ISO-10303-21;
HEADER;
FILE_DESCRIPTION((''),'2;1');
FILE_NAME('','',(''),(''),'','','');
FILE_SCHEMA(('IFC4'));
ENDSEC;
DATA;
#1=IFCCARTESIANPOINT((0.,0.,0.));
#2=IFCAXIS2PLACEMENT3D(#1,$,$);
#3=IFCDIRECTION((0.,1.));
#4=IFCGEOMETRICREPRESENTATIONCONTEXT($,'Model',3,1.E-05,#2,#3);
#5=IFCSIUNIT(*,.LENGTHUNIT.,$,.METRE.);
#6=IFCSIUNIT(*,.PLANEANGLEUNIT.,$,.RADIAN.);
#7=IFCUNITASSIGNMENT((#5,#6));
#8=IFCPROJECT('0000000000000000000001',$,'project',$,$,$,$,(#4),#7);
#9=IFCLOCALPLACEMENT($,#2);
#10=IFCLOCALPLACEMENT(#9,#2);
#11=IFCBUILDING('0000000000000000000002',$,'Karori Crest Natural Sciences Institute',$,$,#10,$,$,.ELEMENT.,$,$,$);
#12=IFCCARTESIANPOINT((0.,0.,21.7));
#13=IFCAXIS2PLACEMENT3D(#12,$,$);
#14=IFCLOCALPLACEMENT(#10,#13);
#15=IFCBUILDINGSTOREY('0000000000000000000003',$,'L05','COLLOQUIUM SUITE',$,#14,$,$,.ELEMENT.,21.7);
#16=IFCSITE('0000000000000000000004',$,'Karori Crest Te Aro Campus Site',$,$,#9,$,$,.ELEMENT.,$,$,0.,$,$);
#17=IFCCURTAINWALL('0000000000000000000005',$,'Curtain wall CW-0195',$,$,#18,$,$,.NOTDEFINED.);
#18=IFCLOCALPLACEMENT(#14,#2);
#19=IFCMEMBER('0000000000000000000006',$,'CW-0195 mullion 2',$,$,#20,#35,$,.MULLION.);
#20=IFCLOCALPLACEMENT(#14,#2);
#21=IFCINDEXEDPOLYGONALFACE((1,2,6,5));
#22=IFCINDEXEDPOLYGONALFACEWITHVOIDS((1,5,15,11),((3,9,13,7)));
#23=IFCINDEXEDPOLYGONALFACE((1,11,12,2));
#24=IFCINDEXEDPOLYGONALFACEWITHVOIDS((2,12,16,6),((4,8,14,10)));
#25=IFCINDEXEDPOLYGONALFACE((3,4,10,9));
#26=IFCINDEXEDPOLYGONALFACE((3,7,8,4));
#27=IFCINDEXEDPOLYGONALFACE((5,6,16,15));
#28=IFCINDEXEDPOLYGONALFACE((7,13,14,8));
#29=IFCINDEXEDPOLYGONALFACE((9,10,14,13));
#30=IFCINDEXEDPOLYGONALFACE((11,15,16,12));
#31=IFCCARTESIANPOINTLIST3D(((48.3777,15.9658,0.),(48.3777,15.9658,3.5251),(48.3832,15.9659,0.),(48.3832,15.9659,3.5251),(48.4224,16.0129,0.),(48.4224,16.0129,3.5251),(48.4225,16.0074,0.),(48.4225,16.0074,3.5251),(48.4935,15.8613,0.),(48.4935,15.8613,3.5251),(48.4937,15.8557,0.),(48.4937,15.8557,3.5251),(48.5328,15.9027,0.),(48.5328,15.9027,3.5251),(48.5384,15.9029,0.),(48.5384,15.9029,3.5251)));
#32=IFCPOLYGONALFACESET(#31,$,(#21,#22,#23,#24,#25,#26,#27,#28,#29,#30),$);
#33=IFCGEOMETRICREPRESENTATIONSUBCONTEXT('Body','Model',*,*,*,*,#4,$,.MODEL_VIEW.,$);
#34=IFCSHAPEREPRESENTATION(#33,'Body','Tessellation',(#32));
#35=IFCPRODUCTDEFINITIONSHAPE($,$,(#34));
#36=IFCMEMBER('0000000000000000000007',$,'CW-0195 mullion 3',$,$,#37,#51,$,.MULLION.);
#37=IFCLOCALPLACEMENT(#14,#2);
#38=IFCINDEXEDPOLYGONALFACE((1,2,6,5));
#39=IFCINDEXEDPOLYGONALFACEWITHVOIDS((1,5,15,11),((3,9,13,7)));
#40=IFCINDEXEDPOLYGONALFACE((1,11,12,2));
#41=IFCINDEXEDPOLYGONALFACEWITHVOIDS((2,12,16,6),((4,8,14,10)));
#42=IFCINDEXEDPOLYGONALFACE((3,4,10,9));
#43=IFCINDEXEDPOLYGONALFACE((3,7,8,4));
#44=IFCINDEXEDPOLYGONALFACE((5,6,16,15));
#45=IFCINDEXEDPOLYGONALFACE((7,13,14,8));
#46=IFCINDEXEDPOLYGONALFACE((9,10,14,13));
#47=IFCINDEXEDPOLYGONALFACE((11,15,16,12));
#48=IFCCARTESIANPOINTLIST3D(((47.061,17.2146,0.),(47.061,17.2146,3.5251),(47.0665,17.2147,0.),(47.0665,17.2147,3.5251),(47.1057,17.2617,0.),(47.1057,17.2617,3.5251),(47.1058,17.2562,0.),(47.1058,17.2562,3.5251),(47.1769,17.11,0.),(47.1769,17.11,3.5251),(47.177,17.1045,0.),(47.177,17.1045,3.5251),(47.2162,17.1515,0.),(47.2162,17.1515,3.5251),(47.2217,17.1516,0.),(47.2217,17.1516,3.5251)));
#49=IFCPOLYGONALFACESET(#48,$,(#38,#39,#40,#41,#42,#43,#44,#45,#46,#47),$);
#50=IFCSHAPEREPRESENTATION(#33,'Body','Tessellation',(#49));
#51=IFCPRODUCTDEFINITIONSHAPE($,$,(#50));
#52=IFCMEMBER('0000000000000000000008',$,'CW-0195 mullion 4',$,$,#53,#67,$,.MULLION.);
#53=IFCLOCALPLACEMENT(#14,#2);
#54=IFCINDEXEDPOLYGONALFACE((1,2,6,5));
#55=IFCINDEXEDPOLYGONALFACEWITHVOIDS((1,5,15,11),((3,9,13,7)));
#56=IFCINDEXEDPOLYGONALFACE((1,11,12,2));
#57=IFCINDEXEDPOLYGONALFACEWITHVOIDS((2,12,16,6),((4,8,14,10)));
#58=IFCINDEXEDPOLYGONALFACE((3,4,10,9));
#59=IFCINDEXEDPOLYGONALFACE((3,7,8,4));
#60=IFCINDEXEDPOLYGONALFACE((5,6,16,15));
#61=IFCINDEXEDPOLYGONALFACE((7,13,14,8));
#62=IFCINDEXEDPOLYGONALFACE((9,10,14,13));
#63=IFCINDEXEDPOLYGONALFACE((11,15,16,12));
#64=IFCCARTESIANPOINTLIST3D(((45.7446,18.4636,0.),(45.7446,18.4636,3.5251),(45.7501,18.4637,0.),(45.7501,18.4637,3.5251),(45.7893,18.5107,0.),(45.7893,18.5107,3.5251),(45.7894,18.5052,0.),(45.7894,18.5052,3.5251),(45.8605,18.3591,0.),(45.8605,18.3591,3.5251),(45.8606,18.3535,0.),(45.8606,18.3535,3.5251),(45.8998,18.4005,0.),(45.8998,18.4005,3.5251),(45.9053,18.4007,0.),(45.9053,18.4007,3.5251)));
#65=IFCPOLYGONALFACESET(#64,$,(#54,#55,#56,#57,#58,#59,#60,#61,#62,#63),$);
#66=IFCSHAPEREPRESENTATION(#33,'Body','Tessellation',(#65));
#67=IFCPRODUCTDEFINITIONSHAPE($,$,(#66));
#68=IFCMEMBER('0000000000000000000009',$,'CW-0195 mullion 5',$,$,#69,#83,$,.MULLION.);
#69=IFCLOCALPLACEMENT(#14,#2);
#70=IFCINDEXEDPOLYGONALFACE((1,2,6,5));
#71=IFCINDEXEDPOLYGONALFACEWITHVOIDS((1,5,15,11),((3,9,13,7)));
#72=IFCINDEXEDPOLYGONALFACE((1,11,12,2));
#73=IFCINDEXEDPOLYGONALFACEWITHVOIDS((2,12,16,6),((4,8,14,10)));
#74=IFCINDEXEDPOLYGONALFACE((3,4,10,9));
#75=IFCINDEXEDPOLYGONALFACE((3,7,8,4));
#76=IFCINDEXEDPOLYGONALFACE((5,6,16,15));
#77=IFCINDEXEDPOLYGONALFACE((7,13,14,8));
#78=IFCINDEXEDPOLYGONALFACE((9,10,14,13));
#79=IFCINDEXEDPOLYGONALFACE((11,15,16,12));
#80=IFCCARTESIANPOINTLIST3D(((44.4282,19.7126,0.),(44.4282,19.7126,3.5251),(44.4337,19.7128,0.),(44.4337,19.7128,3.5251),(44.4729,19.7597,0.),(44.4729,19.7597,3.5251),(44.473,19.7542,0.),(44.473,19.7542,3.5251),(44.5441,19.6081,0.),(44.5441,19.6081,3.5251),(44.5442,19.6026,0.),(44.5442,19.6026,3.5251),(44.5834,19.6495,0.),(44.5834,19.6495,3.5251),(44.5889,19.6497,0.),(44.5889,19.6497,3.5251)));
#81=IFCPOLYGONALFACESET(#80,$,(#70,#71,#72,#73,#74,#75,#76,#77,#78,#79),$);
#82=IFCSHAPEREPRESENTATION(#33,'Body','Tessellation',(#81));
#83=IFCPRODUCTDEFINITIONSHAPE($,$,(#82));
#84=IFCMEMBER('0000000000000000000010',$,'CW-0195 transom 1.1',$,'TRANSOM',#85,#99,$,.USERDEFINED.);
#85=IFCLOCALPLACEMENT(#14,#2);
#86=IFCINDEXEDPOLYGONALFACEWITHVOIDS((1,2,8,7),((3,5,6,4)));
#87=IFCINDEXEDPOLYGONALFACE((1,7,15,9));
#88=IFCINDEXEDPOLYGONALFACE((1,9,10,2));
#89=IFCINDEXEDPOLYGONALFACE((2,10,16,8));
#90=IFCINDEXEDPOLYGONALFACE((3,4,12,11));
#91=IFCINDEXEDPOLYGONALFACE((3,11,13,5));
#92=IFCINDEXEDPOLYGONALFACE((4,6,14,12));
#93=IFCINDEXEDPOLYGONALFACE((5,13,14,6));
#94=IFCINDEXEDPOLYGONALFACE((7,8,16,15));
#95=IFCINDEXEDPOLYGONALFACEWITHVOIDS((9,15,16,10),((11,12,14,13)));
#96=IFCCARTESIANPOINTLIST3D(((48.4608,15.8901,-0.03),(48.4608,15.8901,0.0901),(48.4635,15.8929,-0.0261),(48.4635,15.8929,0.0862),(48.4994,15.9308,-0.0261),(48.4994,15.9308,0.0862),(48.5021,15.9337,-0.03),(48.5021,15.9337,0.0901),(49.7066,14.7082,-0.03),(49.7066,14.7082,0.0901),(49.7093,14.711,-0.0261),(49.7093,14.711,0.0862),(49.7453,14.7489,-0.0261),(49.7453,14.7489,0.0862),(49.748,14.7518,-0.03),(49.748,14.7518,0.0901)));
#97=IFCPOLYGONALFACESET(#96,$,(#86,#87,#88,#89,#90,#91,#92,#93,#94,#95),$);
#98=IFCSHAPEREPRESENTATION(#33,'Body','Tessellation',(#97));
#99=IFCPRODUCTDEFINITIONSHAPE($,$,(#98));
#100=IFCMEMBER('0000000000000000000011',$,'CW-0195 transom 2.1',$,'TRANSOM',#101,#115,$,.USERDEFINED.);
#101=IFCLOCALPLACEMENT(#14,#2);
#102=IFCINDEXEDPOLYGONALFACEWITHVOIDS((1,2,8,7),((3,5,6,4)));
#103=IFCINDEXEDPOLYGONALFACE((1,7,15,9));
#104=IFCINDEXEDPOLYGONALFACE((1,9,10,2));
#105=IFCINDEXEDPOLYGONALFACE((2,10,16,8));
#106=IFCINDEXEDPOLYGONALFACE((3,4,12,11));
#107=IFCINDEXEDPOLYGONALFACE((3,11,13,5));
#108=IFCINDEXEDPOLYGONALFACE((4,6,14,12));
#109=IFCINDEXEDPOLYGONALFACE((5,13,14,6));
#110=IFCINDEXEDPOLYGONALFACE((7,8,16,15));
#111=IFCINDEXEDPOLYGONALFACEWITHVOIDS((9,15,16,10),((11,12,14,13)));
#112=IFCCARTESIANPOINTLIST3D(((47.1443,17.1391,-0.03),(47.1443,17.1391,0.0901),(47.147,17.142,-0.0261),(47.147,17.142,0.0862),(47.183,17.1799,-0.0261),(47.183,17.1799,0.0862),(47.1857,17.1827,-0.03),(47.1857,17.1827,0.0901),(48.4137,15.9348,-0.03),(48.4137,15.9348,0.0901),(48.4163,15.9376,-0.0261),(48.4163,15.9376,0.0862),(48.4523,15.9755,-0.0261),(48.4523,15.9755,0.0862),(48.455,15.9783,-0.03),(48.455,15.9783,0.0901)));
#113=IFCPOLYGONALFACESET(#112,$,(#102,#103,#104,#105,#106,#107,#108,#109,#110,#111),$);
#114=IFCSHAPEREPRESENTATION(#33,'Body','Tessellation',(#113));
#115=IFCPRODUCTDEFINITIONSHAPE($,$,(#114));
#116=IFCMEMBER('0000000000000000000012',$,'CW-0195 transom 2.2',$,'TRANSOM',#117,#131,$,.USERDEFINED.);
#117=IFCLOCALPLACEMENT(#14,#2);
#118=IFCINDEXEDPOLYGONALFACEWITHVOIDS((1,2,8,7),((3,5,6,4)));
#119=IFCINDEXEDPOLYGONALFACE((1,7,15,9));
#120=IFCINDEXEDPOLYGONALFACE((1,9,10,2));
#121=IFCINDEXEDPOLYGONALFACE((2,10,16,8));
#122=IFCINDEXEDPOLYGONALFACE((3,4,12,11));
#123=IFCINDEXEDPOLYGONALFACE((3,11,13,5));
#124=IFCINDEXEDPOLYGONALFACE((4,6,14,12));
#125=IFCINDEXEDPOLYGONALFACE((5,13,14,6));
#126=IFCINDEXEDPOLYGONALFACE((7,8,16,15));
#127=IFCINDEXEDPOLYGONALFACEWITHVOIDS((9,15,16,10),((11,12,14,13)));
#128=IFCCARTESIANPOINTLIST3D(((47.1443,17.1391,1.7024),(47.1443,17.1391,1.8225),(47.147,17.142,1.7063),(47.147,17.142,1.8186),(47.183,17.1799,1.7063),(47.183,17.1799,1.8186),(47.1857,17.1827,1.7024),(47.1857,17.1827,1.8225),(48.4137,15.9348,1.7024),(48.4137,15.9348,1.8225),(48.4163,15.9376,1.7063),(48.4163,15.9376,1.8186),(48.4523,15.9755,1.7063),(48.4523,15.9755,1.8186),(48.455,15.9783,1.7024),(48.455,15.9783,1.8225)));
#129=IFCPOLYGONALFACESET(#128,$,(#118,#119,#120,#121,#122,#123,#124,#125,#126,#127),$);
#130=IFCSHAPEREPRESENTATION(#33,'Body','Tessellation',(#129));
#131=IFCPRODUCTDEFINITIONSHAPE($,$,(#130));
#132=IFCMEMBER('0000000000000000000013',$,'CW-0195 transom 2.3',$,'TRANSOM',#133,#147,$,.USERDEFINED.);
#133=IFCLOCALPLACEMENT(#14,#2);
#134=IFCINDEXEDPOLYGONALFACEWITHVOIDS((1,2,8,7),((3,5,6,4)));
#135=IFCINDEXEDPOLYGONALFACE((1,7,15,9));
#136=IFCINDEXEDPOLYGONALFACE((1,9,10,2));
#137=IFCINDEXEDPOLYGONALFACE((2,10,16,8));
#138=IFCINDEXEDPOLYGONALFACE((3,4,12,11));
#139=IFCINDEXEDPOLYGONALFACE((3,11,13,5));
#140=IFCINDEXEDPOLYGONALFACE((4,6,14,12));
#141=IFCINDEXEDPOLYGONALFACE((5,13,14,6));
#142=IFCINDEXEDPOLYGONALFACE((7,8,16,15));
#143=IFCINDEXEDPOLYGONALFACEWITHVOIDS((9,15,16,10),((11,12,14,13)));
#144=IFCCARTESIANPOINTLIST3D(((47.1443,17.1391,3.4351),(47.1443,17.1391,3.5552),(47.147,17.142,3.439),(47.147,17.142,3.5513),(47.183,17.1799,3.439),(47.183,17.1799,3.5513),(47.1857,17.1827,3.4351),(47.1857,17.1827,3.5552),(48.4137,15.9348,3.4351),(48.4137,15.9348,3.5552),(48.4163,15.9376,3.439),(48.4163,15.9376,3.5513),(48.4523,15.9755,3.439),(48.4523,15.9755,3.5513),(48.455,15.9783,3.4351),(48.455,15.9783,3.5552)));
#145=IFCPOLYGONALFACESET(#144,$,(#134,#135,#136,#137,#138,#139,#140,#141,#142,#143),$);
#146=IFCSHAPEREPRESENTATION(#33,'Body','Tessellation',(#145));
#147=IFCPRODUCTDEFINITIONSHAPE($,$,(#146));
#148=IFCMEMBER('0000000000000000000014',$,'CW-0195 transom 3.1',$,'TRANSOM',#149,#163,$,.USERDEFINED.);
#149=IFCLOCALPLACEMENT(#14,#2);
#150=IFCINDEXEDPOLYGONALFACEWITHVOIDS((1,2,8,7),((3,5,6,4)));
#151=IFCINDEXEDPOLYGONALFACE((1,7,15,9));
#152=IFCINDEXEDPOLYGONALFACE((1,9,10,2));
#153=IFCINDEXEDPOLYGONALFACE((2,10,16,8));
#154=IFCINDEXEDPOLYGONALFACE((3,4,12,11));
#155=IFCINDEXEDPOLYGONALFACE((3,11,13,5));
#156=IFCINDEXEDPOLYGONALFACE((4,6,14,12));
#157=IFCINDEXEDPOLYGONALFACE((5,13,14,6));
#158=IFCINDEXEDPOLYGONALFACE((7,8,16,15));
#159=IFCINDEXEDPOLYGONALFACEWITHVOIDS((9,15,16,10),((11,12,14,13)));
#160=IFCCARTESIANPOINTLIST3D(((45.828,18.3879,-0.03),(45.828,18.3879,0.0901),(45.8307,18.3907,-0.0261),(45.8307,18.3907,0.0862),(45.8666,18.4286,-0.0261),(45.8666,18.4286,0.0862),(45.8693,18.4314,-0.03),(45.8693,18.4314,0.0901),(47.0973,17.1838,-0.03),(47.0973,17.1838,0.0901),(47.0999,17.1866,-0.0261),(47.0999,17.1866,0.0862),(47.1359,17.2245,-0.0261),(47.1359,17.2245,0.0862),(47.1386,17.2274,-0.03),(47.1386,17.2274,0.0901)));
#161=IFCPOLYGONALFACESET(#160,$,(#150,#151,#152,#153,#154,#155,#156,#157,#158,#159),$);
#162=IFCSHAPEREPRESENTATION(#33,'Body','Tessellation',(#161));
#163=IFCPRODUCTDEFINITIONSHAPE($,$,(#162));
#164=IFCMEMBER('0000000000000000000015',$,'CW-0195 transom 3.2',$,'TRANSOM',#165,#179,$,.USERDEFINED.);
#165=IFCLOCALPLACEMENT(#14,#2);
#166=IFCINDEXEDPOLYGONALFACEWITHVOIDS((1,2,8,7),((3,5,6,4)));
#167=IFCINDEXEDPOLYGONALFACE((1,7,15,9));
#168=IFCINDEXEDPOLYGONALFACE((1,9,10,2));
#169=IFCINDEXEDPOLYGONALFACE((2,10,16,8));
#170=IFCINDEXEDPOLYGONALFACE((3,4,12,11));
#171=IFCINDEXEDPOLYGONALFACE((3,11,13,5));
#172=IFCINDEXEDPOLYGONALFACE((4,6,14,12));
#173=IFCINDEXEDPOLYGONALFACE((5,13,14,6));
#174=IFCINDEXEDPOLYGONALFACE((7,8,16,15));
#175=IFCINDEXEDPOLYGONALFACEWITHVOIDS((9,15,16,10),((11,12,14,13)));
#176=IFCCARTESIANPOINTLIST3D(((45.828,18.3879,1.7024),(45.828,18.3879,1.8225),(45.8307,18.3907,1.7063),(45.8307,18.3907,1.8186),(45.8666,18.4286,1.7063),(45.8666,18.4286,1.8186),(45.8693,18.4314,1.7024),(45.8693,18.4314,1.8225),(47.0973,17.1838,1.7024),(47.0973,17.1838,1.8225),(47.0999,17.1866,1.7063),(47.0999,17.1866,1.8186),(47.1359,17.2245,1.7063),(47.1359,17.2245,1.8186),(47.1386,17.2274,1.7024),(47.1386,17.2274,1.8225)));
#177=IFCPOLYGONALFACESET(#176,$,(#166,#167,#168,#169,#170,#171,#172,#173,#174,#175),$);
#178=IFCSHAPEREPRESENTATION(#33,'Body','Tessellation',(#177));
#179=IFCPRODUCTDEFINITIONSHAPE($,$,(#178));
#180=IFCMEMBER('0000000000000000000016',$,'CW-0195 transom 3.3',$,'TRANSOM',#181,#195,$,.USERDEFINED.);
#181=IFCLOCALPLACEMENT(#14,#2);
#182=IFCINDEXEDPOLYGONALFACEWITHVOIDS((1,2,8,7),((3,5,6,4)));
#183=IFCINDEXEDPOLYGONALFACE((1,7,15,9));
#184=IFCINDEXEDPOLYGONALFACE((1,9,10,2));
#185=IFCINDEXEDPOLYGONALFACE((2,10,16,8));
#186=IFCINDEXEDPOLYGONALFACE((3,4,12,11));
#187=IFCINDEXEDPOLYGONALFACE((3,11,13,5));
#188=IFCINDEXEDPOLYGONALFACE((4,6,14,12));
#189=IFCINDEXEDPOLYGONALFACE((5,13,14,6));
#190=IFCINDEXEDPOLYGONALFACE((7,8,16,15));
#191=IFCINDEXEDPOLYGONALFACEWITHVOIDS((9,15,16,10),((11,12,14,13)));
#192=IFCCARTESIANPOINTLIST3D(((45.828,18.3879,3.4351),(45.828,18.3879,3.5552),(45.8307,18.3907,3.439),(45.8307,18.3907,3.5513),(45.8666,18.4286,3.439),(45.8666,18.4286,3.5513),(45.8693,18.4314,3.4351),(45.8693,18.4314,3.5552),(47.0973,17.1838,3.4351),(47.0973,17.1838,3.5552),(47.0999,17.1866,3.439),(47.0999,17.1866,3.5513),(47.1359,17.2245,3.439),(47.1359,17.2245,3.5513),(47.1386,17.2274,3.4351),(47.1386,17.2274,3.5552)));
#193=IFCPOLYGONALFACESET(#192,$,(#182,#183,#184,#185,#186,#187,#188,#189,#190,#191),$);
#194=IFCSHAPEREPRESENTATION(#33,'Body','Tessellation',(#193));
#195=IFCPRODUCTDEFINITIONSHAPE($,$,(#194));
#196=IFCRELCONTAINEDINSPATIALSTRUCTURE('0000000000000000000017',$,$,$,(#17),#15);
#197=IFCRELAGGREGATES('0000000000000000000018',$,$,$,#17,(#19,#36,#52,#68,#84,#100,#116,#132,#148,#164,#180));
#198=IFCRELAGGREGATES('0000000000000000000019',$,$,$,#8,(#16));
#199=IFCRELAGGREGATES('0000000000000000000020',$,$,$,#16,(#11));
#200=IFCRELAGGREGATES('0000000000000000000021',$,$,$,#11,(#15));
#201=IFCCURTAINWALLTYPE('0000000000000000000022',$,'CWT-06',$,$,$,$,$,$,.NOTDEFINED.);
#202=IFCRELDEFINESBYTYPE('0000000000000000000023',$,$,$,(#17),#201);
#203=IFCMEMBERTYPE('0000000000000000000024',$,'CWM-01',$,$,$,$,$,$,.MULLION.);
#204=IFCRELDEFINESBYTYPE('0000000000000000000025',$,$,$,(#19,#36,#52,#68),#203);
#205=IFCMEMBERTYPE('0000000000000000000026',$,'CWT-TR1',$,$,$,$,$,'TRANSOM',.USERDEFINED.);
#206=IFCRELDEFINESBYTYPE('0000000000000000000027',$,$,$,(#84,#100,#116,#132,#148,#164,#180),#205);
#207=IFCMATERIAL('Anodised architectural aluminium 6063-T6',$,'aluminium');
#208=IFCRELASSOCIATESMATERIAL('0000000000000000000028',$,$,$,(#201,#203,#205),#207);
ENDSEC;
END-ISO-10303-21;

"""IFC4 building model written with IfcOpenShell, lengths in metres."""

from ifc_helpers import new_model, si_unit, direction, frame, origin, origin_2d, place, context, subcontext, project, spatial, hollow_rectangle, extrude, material, material_profile, profile_set, type_object, element, aggregate, save


model = new_model("IFC4")

# Units and contexts
model_context = context("Model", 3, precision=1e-05, world=origin(), true_north=direction((0.0, 1.0)))
body_context = subcontext(model_context, "Body", "Model", "MODEL_VIEW")
ifc_project = project(units=[si_unit("LENGTHUNIT", "METRE"), si_unit("PLANEANGLEUNIT", "RADIAN")], contexts=[model_context])

# Site, building, storey
site_placement = place(None, origin())
site = spatial("IfcSite", under=ifc_project, at=site_placement, Name="Karori Crest Te Aro Campus Site", CompositionType="ELEMENT", RefElevation=0.0)
building_placement = place(site_placement, origin())
building = spatial("IfcBuilding", under=site, at=building_placement, Name="Karori Crest Natural Sciences Institute", CompositionType="ELEMENT")
storey_placement = place(building_placement, frame((0.0, 0.0, 21.7)))
storey = spatial("IfcBuildingStorey", under=building, at=storey_placement, Name="L05", Description="COLLOQUIUM SUITE", CompositionType="ELEMENT", Elevation=21.7)

# Curtain wall, members
ifc_material_1 = material(Name="Anodised architectural aluminium 6063-T6", Category="aluminium")
curtain_wall_type = type_object("IfcCurtainWallType", Name="CWT-06", PredefinedType="NOTDEFINED", material=ifc_material_1)
curtain_wall_placement = place(storey_placement, origin())
curtain_wall = element("IfcCurtainWall", 1, at=curtain_wall_placement, inside=storey, type_object=curtain_wall_type, Name="Curtain wall CW-0195", PredefinedType="NOTDEFINED")
ifc_material_profile_1 = material_profile(ifc_material_1, hollow_rectangle(XDim=0.0649, YDim=0.1599, WallThickness=0.0039, at=origin_2d()), Name="CWM160x65x4")
ifc_profile_set_1 = profile_set([ifc_material_profile_1], Name="Anodised architectural aluminium 6063-T6")
member_type_1 = type_object("IfcMemberType", Name="CWM-01", PredefinedType="MULLION", material=ifc_profile_set_1)
member_1_placement = place(storey_placement, frame((48.458, 15.9343, 0.0), z_axis=(0.0, 0.0, 1.0), x_axis=(-0.688252, -0.725471, 0.0)))
member_1 = element("IfcMember", 2, at=member_1_placement, type_object=member_type_1, Name="CW-0195 mullion 2", PredefinedType="MULLION", context=body_context, shape_type="SweptSolid", body=[
    extrude(hollow_rectangle(XDim=0.0649, YDim=0.1599, WallThickness=0.0039, at=origin_2d()), origin(), (0.0, 0.0, 1.0), 3.5251),
])
member_2_placement = place(storey_placement, frame((47.1414, 17.1831, 0.0), z_axis=(0.0, 0.0, 1.0), x_axis=(-0.688252, -0.725471, 0.0)))
member_2 = element("IfcMember", 3, at=member_2_placement, type_object=member_type_1, Name="CW-0195 mullion 3", PredefinedType="MULLION", context=body_context, shape_type="SweptSolid", body=[
    extrude(hollow_rectangle(XDim=0.0649, YDim=0.1599, WallThickness=0.0039, at=origin_2d()), origin(), (0.0, 0.0, 1.0), 3.5251),
])
member_3_placement = place(storey_placement, frame((45.825, 18.4321, 0.0), z_axis=(0.0, 0.0, 1.0), x_axis=(-0.688252, -0.725471, 0.0)))
member_3 = element("IfcMember", 4, at=member_3_placement, type_object=member_type_1, Name="CW-0195 mullion 4", PredefinedType="MULLION", context=body_context, shape_type="SweptSolid", body=[
    extrude(hollow_rectangle(XDim=0.0649, YDim=0.1599, WallThickness=0.0039, at=origin_2d()), origin(), (0.0, 0.0, 1.0), 3.5251),
])
member_4_placement = place(storey_placement, frame((44.5085, 19.6812, 0.0), z_axis=(0.0, 0.0, 1.0), x_axis=(-0.688252, -0.725471, 0.0)))
member_4 = element("IfcMember", 5, at=member_4_placement, type_object=member_type_1, Name="CW-0195 mullion 5", PredefinedType="MULLION", context=body_context, shape_type="SweptSolid", body=[
    extrude(hollow_rectangle(XDim=0.0649, YDim=0.1599, WallThickness=0.0039, at=origin_2d()), origin(), (0.0, 0.0, 1.0), 3.5251),
])
ifc_material_profile_2 = material_profile(ifc_material_1, hollow_rectangle(XDim=0.0601, YDim=0.1201, WallThickness=0.0039, at=origin_2d()), Name="CWT120x60x4")
ifc_profile_set_2 = profile_set([ifc_material_profile_2], Name="Anodised architectural aluminium 6063-T6")
member_type_2 = type_object("IfcMemberType", Name="CWT-TR1", ElementType="TRANSOM", PredefinedType="USERDEFINED", material=ifc_profile_set_2)
member_5_placement = place(storey_placement, frame((49.7273, 14.73, 0.03), z_axis=(-0.725486, 0.688237, 0.0), x_axis=(-0.688237, -0.725486, 0.0)))
member_5 = element("IfcMember", 6, at=member_5_placement, type_object=member_type_2, Name="CW-0195 transom 1.1", ObjectType="TRANSOM", PredefinedType="USERDEFINED", context=body_context, shape_type="SweptSolid", body=[
    extrude(hollow_rectangle(XDim=0.0601, YDim=0.1201, WallThickness=0.0039, at=origin_2d()), origin(), (0.0, 0.0, 1.0), 1.7173),
])
member_6_placement = place(storey_placement, frame((48.4343, 15.9565, 0.03), z_axis=(-0.725421, 0.688306, 0.0), x_axis=(-0.688306, -0.725421, 0.0)))
member_6 = element("IfcMember", 7, at=member_6_placement, type_object=member_type_2, Name="CW-0195 transom 2.1", ObjectType="TRANSOM", PredefinedType="USERDEFINED", context=body_context, shape_type="SweptSolid", body=[
    extrude(hollow_rectangle(XDim=0.0601, YDim=0.1201, WallThickness=0.0039, at=origin_2d()), origin(), (0.0, 0.0, 1.0), 1.7498),
])
member_7_placement = place(storey_placement, frame((48.4343, 15.9565, 1.7625), z_axis=(-0.725421, 0.688306, 0.0), x_axis=(-0.688306, -0.725421, 0.0)))
member_7 = element("IfcMember", 8, at=member_7_placement, type_object=member_type_2, Name="CW-0195 transom 2.2", ObjectType="TRANSOM", PredefinedType="USERDEFINED", context=body_context, shape_type="SweptSolid", body=[
    extrude(hollow_rectangle(XDim=0.0601, YDim=0.1201, WallThickness=0.0039, at=origin_2d()), origin(), (0.0, 0.0, 1.0), 1.7498),
])
member_8_placement = place(storey_placement, frame((48.4343, 15.9565, 3.4951), z_axis=(-0.725421, 0.688306, 0.0), x_axis=(-0.688306, -0.725421, 0.0)))
member_8 = element("IfcMember", 9, at=member_8_placement, type_object=member_type_2, Name="CW-0195 transom 2.3", ObjectType="TRANSOM", PredefinedType="USERDEFINED", context=body_context, shape_type="SweptSolid", body=[
    extrude(hollow_rectangle(XDim=0.0601, YDim=0.1201, WallThickness=0.0039, at=origin_2d()), origin(), (0.0, 0.0, 1.0), 1.7498),
])
member_9_placement = place(storey_placement, frame((47.1179, 17.2056, 0.03), z_axis=(-0.72549, 0.688232, 0.0), x_axis=(-0.688232, -0.72549, 0.0)))
member_9 = element("IfcMember", 10, at=member_9_placement, type_object=member_type_2, Name="CW-0195 transom 3.1", ObjectType="TRANSOM", PredefinedType="USERDEFINED", context=body_context, shape_type="SweptSolid", body=[
    extrude(hollow_rectangle(XDim=0.0601, YDim=0.1201, WallThickness=0.0039, at=origin_2d()), origin(), (0.0, 0.0, 1.0), 1.7495),
])
member_10_placement = place(storey_placement, frame((47.1179, 17.2056, 1.7625), z_axis=(-0.72549, 0.688232, 0.0), x_axis=(-0.688232, -0.72549, 0.0)))
member_10 = element("IfcMember", 11, at=member_10_placement, type_object=member_type_2, Name="CW-0195 transom 3.2", ObjectType="TRANSOM", PredefinedType="USERDEFINED", context=body_context, shape_type="SweptSolid", body=[
    extrude(hollow_rectangle(XDim=0.0601, YDim=0.1201, WallThickness=0.0039, at=origin_2d()), origin(), (0.0, 0.0, 1.0), 1.7495),
])
member_11_placement = place(storey_placement, frame((47.1179, 17.2056, 3.4951), z_axis=(-0.72549, 0.688232, 0.0), x_axis=(-0.688232, -0.72549, 0.0)))
member_11 = element("IfcMember", 12, at=member_11_placement, type_object=member_type_2, Name="CW-0195 transom 3.3", ObjectType="TRANSOM", PredefinedType="USERDEFINED", context=body_context, shape_type="SweptSolid", body=[
    extrude(hollow_rectangle(XDim=0.0601, YDim=0.1201, WallThickness=0.0039, at=origin_2d()), origin(), (0.0, 0.0, 1.0), 1.7495),
])
aggregate(curtain_wall, [member_1, member_2, member_3, member_4, member_5, member_6, member_7, member_8, member_9, member_10, member_11])

save(model, "model.ifc")
